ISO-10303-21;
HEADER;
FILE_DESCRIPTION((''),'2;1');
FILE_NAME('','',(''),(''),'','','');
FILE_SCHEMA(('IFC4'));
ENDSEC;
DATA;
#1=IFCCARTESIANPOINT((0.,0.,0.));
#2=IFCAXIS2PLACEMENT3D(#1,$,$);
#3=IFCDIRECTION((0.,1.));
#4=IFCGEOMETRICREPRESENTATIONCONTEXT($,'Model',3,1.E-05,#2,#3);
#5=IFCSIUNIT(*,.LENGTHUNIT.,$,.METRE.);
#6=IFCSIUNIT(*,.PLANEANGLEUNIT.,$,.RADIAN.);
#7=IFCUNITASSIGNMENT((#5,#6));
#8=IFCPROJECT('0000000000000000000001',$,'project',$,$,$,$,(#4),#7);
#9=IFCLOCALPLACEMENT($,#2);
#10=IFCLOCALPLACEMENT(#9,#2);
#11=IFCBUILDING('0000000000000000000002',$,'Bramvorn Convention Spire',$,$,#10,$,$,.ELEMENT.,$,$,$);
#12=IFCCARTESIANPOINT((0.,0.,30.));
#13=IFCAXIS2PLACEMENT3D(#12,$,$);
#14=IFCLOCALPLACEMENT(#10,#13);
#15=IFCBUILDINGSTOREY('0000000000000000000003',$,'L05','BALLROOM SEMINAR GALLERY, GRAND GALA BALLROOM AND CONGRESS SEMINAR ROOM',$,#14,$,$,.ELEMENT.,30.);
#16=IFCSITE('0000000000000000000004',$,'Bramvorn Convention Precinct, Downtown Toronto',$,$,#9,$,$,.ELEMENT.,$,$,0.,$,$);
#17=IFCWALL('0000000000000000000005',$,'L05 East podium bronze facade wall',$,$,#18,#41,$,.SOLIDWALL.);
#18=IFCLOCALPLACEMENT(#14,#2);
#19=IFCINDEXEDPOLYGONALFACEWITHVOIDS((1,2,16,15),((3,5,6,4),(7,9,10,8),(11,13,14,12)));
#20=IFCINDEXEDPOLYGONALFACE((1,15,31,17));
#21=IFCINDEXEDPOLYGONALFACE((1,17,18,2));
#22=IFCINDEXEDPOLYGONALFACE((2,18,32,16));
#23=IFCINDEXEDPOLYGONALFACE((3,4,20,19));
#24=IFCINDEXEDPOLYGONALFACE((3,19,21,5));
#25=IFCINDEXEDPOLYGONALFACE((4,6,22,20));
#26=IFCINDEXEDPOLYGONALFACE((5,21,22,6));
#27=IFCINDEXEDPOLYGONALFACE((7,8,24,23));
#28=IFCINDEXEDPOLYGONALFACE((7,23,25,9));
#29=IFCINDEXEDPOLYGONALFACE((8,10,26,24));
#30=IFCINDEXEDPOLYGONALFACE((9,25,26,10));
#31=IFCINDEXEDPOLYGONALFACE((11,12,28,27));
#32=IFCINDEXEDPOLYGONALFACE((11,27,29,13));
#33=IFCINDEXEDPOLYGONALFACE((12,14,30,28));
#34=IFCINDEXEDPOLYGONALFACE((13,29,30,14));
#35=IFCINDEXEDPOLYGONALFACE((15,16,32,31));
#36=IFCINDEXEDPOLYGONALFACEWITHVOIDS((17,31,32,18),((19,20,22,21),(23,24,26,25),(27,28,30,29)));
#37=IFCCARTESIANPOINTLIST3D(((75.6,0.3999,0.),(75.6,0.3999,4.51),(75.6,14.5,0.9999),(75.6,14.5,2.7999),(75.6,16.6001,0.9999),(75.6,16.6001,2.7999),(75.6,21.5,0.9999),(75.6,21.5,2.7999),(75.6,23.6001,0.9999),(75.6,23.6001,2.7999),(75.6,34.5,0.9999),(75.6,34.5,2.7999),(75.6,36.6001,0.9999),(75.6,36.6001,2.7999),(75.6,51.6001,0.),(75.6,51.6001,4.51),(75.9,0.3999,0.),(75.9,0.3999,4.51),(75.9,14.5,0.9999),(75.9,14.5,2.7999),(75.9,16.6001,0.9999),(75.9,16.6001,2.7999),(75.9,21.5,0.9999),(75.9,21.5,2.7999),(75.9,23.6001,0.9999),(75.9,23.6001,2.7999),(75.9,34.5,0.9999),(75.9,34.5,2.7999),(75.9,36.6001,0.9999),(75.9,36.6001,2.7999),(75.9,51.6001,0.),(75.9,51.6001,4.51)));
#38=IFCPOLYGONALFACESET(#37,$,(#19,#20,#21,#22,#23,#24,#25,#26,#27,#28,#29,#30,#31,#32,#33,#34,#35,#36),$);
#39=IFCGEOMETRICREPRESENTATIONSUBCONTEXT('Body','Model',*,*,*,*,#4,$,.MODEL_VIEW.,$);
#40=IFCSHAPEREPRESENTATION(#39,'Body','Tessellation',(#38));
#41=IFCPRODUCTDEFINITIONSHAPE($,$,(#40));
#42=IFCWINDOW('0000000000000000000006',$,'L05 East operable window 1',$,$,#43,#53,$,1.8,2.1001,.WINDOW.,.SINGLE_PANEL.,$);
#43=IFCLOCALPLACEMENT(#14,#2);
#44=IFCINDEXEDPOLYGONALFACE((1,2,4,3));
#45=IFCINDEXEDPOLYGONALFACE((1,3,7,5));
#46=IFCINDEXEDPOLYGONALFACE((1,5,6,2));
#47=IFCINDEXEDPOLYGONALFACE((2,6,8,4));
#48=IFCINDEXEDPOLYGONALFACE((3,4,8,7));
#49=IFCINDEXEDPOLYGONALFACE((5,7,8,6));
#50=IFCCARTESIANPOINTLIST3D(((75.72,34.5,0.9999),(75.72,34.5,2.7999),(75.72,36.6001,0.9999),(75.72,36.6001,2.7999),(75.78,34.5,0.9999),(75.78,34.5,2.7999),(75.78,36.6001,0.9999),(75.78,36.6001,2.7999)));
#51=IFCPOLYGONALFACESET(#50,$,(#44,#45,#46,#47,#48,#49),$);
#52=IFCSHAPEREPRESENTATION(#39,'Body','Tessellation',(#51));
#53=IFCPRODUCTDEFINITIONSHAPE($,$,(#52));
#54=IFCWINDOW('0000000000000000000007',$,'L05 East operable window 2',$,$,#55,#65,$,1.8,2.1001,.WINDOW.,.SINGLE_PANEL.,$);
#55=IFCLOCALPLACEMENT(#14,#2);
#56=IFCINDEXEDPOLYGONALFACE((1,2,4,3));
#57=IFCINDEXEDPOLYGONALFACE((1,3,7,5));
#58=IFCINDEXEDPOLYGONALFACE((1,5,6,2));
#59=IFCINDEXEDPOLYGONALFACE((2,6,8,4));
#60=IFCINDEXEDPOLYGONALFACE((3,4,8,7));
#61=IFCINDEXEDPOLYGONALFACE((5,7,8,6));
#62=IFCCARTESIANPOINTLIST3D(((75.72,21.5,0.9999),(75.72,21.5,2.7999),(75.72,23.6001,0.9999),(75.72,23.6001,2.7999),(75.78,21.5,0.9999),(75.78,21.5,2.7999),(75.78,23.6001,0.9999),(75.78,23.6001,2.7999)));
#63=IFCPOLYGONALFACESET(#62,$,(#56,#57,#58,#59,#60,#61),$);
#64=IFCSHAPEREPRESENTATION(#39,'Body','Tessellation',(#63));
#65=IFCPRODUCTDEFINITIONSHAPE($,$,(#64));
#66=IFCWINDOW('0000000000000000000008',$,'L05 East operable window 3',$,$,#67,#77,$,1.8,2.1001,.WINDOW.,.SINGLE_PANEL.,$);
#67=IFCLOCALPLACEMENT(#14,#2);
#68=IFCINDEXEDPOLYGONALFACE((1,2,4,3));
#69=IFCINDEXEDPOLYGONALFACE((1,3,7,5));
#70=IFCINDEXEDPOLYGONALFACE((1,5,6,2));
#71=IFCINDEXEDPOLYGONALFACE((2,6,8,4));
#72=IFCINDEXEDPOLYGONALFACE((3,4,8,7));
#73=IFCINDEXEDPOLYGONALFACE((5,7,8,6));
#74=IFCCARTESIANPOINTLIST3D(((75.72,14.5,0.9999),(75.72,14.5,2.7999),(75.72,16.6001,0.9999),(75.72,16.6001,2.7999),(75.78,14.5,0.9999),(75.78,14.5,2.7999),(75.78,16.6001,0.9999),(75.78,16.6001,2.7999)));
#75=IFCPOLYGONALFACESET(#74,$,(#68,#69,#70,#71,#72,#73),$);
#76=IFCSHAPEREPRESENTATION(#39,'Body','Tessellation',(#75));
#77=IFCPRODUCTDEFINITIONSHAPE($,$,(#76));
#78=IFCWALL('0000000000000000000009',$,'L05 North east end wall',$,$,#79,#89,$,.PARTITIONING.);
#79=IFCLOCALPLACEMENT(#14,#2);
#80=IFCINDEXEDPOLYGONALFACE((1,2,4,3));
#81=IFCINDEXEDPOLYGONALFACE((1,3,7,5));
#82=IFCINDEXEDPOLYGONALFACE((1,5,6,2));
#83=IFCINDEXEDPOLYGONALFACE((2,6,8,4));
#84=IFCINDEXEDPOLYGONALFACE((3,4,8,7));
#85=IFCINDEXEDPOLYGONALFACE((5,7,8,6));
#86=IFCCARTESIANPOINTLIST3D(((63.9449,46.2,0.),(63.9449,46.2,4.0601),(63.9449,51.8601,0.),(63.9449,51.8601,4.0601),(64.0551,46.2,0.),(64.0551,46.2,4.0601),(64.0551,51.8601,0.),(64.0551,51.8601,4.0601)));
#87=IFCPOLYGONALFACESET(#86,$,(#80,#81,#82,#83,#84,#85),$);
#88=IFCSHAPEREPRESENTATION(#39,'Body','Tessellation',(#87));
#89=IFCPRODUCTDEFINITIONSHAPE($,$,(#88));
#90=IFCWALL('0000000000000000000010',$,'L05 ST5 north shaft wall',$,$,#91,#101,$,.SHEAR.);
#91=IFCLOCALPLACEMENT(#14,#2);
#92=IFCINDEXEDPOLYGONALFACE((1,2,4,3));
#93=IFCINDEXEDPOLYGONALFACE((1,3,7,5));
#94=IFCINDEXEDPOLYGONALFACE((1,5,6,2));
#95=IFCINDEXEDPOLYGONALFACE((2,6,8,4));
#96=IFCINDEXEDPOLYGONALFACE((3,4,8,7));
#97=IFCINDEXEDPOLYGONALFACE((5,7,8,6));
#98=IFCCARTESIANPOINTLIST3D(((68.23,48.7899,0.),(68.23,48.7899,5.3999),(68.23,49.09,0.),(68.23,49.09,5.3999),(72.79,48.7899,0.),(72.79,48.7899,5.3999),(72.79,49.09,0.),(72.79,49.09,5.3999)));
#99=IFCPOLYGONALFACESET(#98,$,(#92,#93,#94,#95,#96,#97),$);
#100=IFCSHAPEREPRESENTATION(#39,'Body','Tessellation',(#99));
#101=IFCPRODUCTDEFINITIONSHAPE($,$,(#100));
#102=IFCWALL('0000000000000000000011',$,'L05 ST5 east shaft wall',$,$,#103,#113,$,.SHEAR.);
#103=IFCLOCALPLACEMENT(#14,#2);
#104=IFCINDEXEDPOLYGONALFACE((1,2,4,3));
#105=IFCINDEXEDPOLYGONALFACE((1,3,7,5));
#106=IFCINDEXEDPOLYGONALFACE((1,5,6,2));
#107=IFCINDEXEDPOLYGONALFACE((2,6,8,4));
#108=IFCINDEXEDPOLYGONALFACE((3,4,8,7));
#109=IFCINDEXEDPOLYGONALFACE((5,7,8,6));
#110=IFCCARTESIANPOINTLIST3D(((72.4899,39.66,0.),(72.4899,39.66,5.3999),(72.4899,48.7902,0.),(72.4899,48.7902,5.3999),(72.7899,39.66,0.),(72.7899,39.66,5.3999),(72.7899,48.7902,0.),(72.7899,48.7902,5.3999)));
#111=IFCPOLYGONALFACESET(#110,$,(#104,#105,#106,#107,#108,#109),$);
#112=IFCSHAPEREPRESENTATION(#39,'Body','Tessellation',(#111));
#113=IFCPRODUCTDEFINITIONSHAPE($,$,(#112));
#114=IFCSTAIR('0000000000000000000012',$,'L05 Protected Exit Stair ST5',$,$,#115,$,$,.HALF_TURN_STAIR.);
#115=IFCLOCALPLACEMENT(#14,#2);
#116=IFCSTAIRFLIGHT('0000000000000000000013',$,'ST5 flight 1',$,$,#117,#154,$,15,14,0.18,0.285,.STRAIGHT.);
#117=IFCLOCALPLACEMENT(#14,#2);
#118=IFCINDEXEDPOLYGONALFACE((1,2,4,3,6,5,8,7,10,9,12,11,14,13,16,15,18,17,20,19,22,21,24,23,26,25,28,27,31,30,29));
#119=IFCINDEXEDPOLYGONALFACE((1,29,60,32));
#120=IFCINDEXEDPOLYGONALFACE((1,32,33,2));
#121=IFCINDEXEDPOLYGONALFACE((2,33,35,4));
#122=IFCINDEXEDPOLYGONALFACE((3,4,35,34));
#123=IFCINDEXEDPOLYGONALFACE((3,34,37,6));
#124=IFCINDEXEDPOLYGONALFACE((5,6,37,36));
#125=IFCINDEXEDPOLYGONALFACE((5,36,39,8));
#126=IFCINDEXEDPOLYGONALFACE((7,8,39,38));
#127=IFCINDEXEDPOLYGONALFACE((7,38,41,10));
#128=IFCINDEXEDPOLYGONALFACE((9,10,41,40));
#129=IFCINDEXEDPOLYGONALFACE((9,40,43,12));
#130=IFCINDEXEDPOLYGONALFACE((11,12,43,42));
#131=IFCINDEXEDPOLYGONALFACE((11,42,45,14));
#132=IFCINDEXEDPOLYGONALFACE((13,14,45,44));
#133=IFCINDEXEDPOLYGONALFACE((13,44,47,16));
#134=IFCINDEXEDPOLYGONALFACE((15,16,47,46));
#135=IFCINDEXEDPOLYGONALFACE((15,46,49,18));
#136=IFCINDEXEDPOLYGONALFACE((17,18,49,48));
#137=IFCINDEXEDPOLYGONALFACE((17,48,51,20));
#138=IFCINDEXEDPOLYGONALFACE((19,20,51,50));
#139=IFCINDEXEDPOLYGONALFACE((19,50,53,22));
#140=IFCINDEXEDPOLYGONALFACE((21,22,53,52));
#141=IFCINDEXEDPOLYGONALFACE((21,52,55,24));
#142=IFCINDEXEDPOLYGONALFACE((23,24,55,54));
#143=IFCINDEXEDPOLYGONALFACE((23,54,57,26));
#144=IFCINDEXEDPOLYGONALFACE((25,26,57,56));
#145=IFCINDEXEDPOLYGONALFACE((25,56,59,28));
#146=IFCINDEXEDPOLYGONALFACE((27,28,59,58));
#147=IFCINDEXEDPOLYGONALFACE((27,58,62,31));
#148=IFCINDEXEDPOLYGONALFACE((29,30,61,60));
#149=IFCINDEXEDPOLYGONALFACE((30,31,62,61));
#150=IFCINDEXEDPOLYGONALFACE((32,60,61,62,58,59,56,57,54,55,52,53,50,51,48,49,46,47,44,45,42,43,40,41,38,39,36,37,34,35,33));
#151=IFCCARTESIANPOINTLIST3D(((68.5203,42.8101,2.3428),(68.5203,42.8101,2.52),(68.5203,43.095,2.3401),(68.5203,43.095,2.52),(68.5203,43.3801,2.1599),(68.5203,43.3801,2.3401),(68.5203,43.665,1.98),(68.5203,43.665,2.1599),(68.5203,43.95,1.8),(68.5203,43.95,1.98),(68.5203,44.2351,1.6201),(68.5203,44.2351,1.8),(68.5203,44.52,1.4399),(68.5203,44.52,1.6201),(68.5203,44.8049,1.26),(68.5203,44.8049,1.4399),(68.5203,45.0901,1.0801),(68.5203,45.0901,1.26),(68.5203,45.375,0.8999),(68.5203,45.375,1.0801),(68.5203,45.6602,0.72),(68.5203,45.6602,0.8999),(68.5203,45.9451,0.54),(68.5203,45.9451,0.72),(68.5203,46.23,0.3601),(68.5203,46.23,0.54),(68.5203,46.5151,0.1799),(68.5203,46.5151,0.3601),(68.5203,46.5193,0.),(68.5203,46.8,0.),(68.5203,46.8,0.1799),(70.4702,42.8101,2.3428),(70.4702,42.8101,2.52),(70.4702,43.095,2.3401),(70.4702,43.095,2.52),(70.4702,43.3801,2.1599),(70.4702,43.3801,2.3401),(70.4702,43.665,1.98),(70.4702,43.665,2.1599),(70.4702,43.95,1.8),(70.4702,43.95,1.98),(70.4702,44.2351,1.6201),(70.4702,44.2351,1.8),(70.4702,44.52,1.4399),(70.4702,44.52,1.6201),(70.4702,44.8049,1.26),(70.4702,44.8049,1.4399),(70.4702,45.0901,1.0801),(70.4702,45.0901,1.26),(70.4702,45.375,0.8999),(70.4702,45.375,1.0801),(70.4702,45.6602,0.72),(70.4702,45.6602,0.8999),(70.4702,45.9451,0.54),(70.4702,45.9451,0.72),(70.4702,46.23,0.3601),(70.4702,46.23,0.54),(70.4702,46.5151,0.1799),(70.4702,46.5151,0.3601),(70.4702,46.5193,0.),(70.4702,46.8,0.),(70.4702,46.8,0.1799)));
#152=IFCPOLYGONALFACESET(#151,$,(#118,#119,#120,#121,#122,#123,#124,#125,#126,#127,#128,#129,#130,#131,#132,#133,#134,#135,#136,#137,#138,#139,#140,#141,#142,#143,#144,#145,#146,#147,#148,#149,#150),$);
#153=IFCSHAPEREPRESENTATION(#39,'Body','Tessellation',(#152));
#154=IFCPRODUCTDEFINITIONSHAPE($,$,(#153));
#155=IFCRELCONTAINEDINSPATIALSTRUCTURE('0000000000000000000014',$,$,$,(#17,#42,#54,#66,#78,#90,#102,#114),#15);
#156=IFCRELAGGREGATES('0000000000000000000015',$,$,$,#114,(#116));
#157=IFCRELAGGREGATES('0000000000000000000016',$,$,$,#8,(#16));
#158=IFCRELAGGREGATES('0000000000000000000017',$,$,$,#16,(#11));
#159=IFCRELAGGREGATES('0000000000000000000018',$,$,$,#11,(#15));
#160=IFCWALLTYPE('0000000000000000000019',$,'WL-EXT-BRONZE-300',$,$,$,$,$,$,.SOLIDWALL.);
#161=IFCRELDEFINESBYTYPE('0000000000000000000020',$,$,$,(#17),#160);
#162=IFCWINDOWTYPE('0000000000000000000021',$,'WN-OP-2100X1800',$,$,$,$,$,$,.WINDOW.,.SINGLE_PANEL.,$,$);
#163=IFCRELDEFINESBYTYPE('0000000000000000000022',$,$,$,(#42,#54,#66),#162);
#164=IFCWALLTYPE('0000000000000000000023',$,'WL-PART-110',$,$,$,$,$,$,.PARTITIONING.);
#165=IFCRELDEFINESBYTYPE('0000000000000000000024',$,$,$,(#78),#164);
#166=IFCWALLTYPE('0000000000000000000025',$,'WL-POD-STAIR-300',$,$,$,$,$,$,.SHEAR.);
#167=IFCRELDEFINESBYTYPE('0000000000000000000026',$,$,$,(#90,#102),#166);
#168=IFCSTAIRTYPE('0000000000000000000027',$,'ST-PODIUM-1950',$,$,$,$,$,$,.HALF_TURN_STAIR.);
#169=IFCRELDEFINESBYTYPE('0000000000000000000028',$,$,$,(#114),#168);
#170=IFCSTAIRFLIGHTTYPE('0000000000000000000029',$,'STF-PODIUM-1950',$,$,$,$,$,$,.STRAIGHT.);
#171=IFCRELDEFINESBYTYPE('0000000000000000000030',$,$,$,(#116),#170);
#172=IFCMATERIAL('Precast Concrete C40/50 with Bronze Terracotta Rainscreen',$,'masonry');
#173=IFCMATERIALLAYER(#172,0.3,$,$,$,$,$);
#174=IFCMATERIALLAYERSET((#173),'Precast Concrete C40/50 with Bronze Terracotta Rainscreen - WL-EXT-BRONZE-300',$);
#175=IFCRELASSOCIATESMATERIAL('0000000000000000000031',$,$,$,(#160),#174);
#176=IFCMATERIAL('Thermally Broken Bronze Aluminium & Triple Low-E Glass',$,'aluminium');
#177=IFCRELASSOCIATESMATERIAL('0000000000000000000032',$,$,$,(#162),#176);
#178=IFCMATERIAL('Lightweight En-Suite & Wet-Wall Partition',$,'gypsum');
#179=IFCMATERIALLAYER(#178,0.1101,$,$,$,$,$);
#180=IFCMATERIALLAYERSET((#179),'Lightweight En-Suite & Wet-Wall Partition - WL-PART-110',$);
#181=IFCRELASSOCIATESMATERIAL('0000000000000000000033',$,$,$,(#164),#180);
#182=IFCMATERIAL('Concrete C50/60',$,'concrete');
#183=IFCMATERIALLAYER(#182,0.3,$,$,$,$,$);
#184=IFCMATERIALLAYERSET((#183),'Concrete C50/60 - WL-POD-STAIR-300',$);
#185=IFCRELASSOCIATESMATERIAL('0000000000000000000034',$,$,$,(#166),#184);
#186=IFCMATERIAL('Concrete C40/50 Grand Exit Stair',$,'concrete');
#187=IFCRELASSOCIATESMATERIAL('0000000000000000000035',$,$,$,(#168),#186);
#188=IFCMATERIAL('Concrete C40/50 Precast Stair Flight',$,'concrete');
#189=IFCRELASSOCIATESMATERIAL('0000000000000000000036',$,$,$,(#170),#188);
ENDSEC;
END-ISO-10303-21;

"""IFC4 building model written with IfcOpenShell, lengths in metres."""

from ifc_helpers import new_model, si_unit, direction, frame, frame_2d, origin, place, context, subcontext, project, spatial, polyline, rectangle, outline, extrude, material, layer, layer_set, type_object, element, fill, aggregate, save


model = new_model("IFC4")

# Units and contexts
model_context = context("Model", 3, precision=1e-05, world=origin(), true_north=direction((0.0, 1.0)))
body_context = subcontext(model_context, "Body", "Model", "MODEL_VIEW")
ifc_project = project(units=[si_unit("LENGTHUNIT", "METRE"), si_unit("PLANEANGLEUNIT", "RADIAN")], contexts=[model_context])

# Site, building, storey
site_placement = place(None, origin())
site = spatial("IfcSite", under=ifc_project, at=site_placement, Name="Bramvorn Convention Precinct, Downtown Toronto", CompositionType="ELEMENT", RefElevation=0.0)
building_placement = place(site_placement, origin())
building = spatial("IfcBuilding", under=site, at=building_placement, Name="Bramvorn Convention Spire", CompositionType="ELEMENT")
storey_placement = place(building_placement, frame((0.0, 0.0, 30.0)))
storey = spatial("IfcBuildingStorey", under=building, at=storey_placement, Name="L05", Description="BALLROOM SEMINAR GALLERY, GRAND GALA BALLROOM AND CONGRESS SEMINAR ROOM", CompositionType="ELEMENT", Elevation=30.0)

# Wall, openings, windows
ifc_material_1 = material(Name="Precast Concrete C40/50 with Bronze Terracotta Rainscreen", Category="masonry")
ifc_layer_1 = layer(ifc_material_1, 0.3)
ifc_layer_set_1 = layer_set([ifc_layer_1], Name="Precast Concrete C40/50 with Bronze Terracotta Rainscreen - WL-EXT-BRONZE-300")
wall_type_1 = type_object("IfcWallType", Name="WL-EXT-BRONZE-300", PredefinedType="SOLIDWALL", material=ifc_layer_set_1)
wall_1_placement = place(storey_placement, frame((75.75, 51.6001, 0.0), z_axis=(0.0, 0.0, 1.0), x_axis=(0.0, -1.0, 0.0)))
wall_1 = element("IfcWall", 1, at=wall_1_placement, inside=storey, type_object=wall_type_1, Name="L05 East podium bronze facade wall", PredefinedType="SOLIDWALL", context=body_context, shape_type="SweptSolid", body=[
    extrude(rectangle(XDim=51.2002, YDim=0.3, at=frame_2d((25.6001, 0.0))), origin(), (0.0, 0.0, 1.0), 4.51),
])
opening_1_placement = place(wall_1_placement, frame((15.0, 0.0, 1.0)))
opening_1 = element("IfcOpeningElement", 2, at=opening_1_placement, cuts=wall_1, PredefinedType="OPENING", context=body_context, shape_type="SweptSolid", body=[
    extrude(rectangle(XDim=2.1001, YDim=1.8, at=frame_2d((1.05, 0.8999))), frame((0.0, 0.1599, 0.0), z_axis=(0.0, -1.0, 0.0), x_axis=(1.0, 0.0, 0.0)), (0.0, 0.0, 1.0), 0.3201),
])
opening_2_placement = place(wall_1_placement, frame((28.0, 0.0, 1.0)))
opening_2 = element("IfcOpeningElement", 3, at=opening_2_placement, cuts=wall_1, PredefinedType="OPENING", context=body_context, shape_type="SweptSolid", body=[
    extrude(rectangle(XDim=2.1001, YDim=1.8, at=frame_2d((1.05, 0.8999))), frame((0.0, 0.1599, 0.0), z_axis=(0.0, -1.0, 0.0), x_axis=(1.0, 0.0, 0.0)), (0.0, 0.0, 1.0), 0.3201),
])
opening_3_placement = place(wall_1_placement, frame((35.0, 0.0, 1.0)))
opening_3 = element("IfcOpeningElement", 4, at=opening_3_placement, cuts=wall_1, PredefinedType="OPENING", context=body_context, shape_type="SweptSolid", body=[
    extrude(rectangle(XDim=2.1001, YDim=1.8, at=frame_2d((1.05, 0.8999))), frame((0.0, 0.1599, 0.0), z_axis=(0.0, -1.0, 0.0), x_axis=(1.0, 0.0, 0.0)), (0.0, 0.0, 1.0), 0.3201),
])
ifc_material_2 = material(Name="Thermally Broken Bronze Aluminium & Triple Low-E Glass", Category="aluminium")
window_type = type_object("IfcWindowType", Name="WN-OP-2100X1800", PartitioningType="SINGLE_PANEL", PredefinedType="WINDOW", material=ifc_material_2)
window_1_placement = place(opening_1_placement, origin())
window_1 = element("IfcWindow", 5, at=window_1_placement, inside=storey, type_object=window_type, Name="L05 East operable window 1", OverallHeight=1.8, OverallWidth=2.1001, PartitioningType="SINGLE_PANEL", PredefinedType="WINDOW", context=body_context, shape_type="SweptSolid", body=[
    extrude(rectangle(XDim=2.1001, YDim=1.8, at=frame_2d((1.05, 0.8999))), frame((0.0, 0.03, 0.0), z_axis=(0.0, -1.0, 0.0), x_axis=(1.0, 0.0, 0.0)), (0.0, 0.0, 1.0), 0.0601),
])
fill(opening_1, window_1)
window_2_placement = place(opening_2_placement, origin())
window_2 = element("IfcWindow", 6, at=window_2_placement, inside=storey, type_object=window_type, Name="L05 East operable window 2", OverallHeight=1.8, OverallWidth=2.1001, PartitioningType="SINGLE_PANEL", PredefinedType="WINDOW", context=body_context, shape_type="SweptSolid", body=[
    extrude(rectangle(XDim=2.1001, YDim=1.8, at=frame_2d((1.05, 0.8999))), frame((0.0, 0.03, 0.0), z_axis=(0.0, -1.0, 0.0), x_axis=(1.0, 0.0, 0.0)), (0.0, 0.0, 1.0), 0.0601),
])
fill(opening_2, window_2)
window_3_placement = place(opening_3_placement, origin())
window_3 = element("IfcWindow", 7, at=window_3_placement, inside=storey, type_object=window_type, Name="L05 East operable window 3", OverallHeight=1.8, OverallWidth=2.1001, PartitioningType="SINGLE_PANEL", PredefinedType="WINDOW", context=body_context, shape_type="SweptSolid", body=[
    extrude(rectangle(XDim=2.1001, YDim=1.8, at=frame_2d((1.05, 0.8999))), frame((0.0, 0.03, 0.0), z_axis=(0.0, -1.0, 0.0), x_axis=(1.0, 0.0, 0.0)), (0.0, 0.0, 1.0), 0.0601),
])
fill(opening_3, window_3)

# Walls
ifc_material_3 = material(Name="Lightweight En-Suite & Wet-Wall Partition", Category="gypsum")
ifc_layer_2 = layer(ifc_material_3, 0.1101)
ifc_layer_set_2 = layer_set([ifc_layer_2], Name="Lightweight En-Suite & Wet-Wall Partition - WL-PART-110")
wall_type_2 = type_object("IfcWallType", Name="WL-PART-110", PredefinedType="PARTITIONING", material=ifc_layer_set_2)
wall_2_placement = place(storey_placement, frame((64.0, 46.2, 0.0), z_axis=(0.0, 0.0, 1.0), x_axis=(0.0, 1.0, 0.0)))
element("IfcWall", 8, at=wall_2_placement, inside=storey, type_object=wall_type_2, Name="L05 North east end wall", PredefinedType="PARTITIONING", context=body_context, shape_type="SweptSolid", body=[
    extrude(rectangle(XDim=5.6602, YDim=0.1101, at=frame_2d((2.8301, 0.0))), origin(), (0.0, 0.0, 1.0), 4.0601),
])
ifc_material_4 = material(Name="Concrete C50/60", Category="concrete")
ifc_layer_3 = layer(ifc_material_4, 0.3)
ifc_layer_set_3 = layer_set([ifc_layer_3], Name="Concrete C50/60 - WL-POD-STAIR-300")
wall_type_3 = type_object("IfcWallType", Name="WL-POD-STAIR-300", PredefinedType="SHEAR", material=ifc_layer_set_3)
wall_3_placement = place(storey_placement, frame((68.23, 48.9399, 0.0), z_axis=(0.0, 0.0, 1.0), x_axis=(1.0, 0.0, 0.0)))
element("IfcWall", 9, at=wall_3_placement, inside=storey, type_object=wall_type_3, Name="L05 ST5 north shaft wall", PredefinedType="SHEAR", context=body_context, shape_type="SweptSolid", body=[
    extrude(rectangle(XDim=4.5601, YDim=0.3, at=frame_2d((2.28, 0.0))), origin(), (0.0, 0.0, 1.0), 5.3999),
])
wall_4_placement = place(storey_placement, frame((72.6399, 48.79, 0.0), z_axis=(0.0, 0.0, 1.0), x_axis=(0.0, -1.0, 0.0)))
element("IfcWall", 10, at=wall_4_placement, inside=storey, type_object=wall_type_3, Name="L05 ST5 east shaft wall", PredefinedType="SHEAR", context=body_context, shape_type="SweptSolid", body=[
    extrude(rectangle(XDim=9.1301, YDim=0.3, at=frame_2d((4.5649, 0.0))), origin(), (0.0, 0.0, 1.0), 5.3999),
])

# Stair, stair flight
ifc_material_5 = material(Name="Concrete C40/50 Grand Exit Stair", Category="concrete")
stair_type = type_object("IfcStairType", Name="ST-PODIUM-1950", PredefinedType="HALF_TURN_STAIR", material=ifc_material_5)
stair_placement = place(storey_placement, origin())
stair = element("IfcStair", 11, at=stair_placement, inside=storey, type_object=stair_type, Name="L05 Protected Exit Stair ST5", PredefinedType="HALF_TURN_STAIR")
ifc_material_6 = material(Name="Concrete C40/50 Precast Stair Flight", Category="concrete")
stair_flight_type = type_object("IfcStairFlightType", Name="STF-PODIUM-1950", PredefinedType="STRAIGHT", material=ifc_material_6)
stair_flight_placement = place(storey_placement, frame((69.4951, 46.8, 0.0), z_axis=(0.0, 0.0, 1.0), x_axis=(0.0, -1.0, 0.0)))
stair_flight = element("IfcStairFlight", 12, at=stair_flight_placement, type_object=stair_flight_type, Name="ST5 flight 1", NumberOfRisers=15, NumberOfTreads=14, PredefinedType="STRAIGHT", RiserHeight=0.18, TreadLength=0.285, context=body_context, shape_type="SweptSolid", body=[
    extrude(outline(polyline([(0.0, 0.0), (0.0, 0.1799), (0.2849, 0.1799), (0.2849, 0.3601), (0.5701, 0.3601), (0.5701, 0.54), (0.855, 0.54), (0.855, 0.72), (1.1399, 0.72), (1.1399, 0.8999), (1.425, 0.8999), (1.425, 1.0801), (1.71, 1.0801), (1.71, 1.26), (1.9951, 1.26), (1.9951, 1.4399), (2.28, 1.4399), (2.28, 1.6201), (2.5649, 1.6201), (2.5649, 1.8), (2.8501, 1.8), (2.8501, 1.98), (3.135, 1.98), (3.135, 2.1599), (3.4199, 2.1599), (3.4199, 2.3401), (3.7051, 2.3401), (3.7051, 2.52), (3.99, 2.52), (3.99, 2.7), (3.99, 2.3428), (0.2808, 0.0), (0.0, 0.0)])), frame((0.0, 0.9751, 0.0), z_axis=(0.0, -1.0, 0.0), x_axis=(1.0, 0.0, 0.0)), (0.0, 0.0, 1.0), 1.95),
])
aggregate(stair, [stair_flight])

save(model, "model.ifc")
